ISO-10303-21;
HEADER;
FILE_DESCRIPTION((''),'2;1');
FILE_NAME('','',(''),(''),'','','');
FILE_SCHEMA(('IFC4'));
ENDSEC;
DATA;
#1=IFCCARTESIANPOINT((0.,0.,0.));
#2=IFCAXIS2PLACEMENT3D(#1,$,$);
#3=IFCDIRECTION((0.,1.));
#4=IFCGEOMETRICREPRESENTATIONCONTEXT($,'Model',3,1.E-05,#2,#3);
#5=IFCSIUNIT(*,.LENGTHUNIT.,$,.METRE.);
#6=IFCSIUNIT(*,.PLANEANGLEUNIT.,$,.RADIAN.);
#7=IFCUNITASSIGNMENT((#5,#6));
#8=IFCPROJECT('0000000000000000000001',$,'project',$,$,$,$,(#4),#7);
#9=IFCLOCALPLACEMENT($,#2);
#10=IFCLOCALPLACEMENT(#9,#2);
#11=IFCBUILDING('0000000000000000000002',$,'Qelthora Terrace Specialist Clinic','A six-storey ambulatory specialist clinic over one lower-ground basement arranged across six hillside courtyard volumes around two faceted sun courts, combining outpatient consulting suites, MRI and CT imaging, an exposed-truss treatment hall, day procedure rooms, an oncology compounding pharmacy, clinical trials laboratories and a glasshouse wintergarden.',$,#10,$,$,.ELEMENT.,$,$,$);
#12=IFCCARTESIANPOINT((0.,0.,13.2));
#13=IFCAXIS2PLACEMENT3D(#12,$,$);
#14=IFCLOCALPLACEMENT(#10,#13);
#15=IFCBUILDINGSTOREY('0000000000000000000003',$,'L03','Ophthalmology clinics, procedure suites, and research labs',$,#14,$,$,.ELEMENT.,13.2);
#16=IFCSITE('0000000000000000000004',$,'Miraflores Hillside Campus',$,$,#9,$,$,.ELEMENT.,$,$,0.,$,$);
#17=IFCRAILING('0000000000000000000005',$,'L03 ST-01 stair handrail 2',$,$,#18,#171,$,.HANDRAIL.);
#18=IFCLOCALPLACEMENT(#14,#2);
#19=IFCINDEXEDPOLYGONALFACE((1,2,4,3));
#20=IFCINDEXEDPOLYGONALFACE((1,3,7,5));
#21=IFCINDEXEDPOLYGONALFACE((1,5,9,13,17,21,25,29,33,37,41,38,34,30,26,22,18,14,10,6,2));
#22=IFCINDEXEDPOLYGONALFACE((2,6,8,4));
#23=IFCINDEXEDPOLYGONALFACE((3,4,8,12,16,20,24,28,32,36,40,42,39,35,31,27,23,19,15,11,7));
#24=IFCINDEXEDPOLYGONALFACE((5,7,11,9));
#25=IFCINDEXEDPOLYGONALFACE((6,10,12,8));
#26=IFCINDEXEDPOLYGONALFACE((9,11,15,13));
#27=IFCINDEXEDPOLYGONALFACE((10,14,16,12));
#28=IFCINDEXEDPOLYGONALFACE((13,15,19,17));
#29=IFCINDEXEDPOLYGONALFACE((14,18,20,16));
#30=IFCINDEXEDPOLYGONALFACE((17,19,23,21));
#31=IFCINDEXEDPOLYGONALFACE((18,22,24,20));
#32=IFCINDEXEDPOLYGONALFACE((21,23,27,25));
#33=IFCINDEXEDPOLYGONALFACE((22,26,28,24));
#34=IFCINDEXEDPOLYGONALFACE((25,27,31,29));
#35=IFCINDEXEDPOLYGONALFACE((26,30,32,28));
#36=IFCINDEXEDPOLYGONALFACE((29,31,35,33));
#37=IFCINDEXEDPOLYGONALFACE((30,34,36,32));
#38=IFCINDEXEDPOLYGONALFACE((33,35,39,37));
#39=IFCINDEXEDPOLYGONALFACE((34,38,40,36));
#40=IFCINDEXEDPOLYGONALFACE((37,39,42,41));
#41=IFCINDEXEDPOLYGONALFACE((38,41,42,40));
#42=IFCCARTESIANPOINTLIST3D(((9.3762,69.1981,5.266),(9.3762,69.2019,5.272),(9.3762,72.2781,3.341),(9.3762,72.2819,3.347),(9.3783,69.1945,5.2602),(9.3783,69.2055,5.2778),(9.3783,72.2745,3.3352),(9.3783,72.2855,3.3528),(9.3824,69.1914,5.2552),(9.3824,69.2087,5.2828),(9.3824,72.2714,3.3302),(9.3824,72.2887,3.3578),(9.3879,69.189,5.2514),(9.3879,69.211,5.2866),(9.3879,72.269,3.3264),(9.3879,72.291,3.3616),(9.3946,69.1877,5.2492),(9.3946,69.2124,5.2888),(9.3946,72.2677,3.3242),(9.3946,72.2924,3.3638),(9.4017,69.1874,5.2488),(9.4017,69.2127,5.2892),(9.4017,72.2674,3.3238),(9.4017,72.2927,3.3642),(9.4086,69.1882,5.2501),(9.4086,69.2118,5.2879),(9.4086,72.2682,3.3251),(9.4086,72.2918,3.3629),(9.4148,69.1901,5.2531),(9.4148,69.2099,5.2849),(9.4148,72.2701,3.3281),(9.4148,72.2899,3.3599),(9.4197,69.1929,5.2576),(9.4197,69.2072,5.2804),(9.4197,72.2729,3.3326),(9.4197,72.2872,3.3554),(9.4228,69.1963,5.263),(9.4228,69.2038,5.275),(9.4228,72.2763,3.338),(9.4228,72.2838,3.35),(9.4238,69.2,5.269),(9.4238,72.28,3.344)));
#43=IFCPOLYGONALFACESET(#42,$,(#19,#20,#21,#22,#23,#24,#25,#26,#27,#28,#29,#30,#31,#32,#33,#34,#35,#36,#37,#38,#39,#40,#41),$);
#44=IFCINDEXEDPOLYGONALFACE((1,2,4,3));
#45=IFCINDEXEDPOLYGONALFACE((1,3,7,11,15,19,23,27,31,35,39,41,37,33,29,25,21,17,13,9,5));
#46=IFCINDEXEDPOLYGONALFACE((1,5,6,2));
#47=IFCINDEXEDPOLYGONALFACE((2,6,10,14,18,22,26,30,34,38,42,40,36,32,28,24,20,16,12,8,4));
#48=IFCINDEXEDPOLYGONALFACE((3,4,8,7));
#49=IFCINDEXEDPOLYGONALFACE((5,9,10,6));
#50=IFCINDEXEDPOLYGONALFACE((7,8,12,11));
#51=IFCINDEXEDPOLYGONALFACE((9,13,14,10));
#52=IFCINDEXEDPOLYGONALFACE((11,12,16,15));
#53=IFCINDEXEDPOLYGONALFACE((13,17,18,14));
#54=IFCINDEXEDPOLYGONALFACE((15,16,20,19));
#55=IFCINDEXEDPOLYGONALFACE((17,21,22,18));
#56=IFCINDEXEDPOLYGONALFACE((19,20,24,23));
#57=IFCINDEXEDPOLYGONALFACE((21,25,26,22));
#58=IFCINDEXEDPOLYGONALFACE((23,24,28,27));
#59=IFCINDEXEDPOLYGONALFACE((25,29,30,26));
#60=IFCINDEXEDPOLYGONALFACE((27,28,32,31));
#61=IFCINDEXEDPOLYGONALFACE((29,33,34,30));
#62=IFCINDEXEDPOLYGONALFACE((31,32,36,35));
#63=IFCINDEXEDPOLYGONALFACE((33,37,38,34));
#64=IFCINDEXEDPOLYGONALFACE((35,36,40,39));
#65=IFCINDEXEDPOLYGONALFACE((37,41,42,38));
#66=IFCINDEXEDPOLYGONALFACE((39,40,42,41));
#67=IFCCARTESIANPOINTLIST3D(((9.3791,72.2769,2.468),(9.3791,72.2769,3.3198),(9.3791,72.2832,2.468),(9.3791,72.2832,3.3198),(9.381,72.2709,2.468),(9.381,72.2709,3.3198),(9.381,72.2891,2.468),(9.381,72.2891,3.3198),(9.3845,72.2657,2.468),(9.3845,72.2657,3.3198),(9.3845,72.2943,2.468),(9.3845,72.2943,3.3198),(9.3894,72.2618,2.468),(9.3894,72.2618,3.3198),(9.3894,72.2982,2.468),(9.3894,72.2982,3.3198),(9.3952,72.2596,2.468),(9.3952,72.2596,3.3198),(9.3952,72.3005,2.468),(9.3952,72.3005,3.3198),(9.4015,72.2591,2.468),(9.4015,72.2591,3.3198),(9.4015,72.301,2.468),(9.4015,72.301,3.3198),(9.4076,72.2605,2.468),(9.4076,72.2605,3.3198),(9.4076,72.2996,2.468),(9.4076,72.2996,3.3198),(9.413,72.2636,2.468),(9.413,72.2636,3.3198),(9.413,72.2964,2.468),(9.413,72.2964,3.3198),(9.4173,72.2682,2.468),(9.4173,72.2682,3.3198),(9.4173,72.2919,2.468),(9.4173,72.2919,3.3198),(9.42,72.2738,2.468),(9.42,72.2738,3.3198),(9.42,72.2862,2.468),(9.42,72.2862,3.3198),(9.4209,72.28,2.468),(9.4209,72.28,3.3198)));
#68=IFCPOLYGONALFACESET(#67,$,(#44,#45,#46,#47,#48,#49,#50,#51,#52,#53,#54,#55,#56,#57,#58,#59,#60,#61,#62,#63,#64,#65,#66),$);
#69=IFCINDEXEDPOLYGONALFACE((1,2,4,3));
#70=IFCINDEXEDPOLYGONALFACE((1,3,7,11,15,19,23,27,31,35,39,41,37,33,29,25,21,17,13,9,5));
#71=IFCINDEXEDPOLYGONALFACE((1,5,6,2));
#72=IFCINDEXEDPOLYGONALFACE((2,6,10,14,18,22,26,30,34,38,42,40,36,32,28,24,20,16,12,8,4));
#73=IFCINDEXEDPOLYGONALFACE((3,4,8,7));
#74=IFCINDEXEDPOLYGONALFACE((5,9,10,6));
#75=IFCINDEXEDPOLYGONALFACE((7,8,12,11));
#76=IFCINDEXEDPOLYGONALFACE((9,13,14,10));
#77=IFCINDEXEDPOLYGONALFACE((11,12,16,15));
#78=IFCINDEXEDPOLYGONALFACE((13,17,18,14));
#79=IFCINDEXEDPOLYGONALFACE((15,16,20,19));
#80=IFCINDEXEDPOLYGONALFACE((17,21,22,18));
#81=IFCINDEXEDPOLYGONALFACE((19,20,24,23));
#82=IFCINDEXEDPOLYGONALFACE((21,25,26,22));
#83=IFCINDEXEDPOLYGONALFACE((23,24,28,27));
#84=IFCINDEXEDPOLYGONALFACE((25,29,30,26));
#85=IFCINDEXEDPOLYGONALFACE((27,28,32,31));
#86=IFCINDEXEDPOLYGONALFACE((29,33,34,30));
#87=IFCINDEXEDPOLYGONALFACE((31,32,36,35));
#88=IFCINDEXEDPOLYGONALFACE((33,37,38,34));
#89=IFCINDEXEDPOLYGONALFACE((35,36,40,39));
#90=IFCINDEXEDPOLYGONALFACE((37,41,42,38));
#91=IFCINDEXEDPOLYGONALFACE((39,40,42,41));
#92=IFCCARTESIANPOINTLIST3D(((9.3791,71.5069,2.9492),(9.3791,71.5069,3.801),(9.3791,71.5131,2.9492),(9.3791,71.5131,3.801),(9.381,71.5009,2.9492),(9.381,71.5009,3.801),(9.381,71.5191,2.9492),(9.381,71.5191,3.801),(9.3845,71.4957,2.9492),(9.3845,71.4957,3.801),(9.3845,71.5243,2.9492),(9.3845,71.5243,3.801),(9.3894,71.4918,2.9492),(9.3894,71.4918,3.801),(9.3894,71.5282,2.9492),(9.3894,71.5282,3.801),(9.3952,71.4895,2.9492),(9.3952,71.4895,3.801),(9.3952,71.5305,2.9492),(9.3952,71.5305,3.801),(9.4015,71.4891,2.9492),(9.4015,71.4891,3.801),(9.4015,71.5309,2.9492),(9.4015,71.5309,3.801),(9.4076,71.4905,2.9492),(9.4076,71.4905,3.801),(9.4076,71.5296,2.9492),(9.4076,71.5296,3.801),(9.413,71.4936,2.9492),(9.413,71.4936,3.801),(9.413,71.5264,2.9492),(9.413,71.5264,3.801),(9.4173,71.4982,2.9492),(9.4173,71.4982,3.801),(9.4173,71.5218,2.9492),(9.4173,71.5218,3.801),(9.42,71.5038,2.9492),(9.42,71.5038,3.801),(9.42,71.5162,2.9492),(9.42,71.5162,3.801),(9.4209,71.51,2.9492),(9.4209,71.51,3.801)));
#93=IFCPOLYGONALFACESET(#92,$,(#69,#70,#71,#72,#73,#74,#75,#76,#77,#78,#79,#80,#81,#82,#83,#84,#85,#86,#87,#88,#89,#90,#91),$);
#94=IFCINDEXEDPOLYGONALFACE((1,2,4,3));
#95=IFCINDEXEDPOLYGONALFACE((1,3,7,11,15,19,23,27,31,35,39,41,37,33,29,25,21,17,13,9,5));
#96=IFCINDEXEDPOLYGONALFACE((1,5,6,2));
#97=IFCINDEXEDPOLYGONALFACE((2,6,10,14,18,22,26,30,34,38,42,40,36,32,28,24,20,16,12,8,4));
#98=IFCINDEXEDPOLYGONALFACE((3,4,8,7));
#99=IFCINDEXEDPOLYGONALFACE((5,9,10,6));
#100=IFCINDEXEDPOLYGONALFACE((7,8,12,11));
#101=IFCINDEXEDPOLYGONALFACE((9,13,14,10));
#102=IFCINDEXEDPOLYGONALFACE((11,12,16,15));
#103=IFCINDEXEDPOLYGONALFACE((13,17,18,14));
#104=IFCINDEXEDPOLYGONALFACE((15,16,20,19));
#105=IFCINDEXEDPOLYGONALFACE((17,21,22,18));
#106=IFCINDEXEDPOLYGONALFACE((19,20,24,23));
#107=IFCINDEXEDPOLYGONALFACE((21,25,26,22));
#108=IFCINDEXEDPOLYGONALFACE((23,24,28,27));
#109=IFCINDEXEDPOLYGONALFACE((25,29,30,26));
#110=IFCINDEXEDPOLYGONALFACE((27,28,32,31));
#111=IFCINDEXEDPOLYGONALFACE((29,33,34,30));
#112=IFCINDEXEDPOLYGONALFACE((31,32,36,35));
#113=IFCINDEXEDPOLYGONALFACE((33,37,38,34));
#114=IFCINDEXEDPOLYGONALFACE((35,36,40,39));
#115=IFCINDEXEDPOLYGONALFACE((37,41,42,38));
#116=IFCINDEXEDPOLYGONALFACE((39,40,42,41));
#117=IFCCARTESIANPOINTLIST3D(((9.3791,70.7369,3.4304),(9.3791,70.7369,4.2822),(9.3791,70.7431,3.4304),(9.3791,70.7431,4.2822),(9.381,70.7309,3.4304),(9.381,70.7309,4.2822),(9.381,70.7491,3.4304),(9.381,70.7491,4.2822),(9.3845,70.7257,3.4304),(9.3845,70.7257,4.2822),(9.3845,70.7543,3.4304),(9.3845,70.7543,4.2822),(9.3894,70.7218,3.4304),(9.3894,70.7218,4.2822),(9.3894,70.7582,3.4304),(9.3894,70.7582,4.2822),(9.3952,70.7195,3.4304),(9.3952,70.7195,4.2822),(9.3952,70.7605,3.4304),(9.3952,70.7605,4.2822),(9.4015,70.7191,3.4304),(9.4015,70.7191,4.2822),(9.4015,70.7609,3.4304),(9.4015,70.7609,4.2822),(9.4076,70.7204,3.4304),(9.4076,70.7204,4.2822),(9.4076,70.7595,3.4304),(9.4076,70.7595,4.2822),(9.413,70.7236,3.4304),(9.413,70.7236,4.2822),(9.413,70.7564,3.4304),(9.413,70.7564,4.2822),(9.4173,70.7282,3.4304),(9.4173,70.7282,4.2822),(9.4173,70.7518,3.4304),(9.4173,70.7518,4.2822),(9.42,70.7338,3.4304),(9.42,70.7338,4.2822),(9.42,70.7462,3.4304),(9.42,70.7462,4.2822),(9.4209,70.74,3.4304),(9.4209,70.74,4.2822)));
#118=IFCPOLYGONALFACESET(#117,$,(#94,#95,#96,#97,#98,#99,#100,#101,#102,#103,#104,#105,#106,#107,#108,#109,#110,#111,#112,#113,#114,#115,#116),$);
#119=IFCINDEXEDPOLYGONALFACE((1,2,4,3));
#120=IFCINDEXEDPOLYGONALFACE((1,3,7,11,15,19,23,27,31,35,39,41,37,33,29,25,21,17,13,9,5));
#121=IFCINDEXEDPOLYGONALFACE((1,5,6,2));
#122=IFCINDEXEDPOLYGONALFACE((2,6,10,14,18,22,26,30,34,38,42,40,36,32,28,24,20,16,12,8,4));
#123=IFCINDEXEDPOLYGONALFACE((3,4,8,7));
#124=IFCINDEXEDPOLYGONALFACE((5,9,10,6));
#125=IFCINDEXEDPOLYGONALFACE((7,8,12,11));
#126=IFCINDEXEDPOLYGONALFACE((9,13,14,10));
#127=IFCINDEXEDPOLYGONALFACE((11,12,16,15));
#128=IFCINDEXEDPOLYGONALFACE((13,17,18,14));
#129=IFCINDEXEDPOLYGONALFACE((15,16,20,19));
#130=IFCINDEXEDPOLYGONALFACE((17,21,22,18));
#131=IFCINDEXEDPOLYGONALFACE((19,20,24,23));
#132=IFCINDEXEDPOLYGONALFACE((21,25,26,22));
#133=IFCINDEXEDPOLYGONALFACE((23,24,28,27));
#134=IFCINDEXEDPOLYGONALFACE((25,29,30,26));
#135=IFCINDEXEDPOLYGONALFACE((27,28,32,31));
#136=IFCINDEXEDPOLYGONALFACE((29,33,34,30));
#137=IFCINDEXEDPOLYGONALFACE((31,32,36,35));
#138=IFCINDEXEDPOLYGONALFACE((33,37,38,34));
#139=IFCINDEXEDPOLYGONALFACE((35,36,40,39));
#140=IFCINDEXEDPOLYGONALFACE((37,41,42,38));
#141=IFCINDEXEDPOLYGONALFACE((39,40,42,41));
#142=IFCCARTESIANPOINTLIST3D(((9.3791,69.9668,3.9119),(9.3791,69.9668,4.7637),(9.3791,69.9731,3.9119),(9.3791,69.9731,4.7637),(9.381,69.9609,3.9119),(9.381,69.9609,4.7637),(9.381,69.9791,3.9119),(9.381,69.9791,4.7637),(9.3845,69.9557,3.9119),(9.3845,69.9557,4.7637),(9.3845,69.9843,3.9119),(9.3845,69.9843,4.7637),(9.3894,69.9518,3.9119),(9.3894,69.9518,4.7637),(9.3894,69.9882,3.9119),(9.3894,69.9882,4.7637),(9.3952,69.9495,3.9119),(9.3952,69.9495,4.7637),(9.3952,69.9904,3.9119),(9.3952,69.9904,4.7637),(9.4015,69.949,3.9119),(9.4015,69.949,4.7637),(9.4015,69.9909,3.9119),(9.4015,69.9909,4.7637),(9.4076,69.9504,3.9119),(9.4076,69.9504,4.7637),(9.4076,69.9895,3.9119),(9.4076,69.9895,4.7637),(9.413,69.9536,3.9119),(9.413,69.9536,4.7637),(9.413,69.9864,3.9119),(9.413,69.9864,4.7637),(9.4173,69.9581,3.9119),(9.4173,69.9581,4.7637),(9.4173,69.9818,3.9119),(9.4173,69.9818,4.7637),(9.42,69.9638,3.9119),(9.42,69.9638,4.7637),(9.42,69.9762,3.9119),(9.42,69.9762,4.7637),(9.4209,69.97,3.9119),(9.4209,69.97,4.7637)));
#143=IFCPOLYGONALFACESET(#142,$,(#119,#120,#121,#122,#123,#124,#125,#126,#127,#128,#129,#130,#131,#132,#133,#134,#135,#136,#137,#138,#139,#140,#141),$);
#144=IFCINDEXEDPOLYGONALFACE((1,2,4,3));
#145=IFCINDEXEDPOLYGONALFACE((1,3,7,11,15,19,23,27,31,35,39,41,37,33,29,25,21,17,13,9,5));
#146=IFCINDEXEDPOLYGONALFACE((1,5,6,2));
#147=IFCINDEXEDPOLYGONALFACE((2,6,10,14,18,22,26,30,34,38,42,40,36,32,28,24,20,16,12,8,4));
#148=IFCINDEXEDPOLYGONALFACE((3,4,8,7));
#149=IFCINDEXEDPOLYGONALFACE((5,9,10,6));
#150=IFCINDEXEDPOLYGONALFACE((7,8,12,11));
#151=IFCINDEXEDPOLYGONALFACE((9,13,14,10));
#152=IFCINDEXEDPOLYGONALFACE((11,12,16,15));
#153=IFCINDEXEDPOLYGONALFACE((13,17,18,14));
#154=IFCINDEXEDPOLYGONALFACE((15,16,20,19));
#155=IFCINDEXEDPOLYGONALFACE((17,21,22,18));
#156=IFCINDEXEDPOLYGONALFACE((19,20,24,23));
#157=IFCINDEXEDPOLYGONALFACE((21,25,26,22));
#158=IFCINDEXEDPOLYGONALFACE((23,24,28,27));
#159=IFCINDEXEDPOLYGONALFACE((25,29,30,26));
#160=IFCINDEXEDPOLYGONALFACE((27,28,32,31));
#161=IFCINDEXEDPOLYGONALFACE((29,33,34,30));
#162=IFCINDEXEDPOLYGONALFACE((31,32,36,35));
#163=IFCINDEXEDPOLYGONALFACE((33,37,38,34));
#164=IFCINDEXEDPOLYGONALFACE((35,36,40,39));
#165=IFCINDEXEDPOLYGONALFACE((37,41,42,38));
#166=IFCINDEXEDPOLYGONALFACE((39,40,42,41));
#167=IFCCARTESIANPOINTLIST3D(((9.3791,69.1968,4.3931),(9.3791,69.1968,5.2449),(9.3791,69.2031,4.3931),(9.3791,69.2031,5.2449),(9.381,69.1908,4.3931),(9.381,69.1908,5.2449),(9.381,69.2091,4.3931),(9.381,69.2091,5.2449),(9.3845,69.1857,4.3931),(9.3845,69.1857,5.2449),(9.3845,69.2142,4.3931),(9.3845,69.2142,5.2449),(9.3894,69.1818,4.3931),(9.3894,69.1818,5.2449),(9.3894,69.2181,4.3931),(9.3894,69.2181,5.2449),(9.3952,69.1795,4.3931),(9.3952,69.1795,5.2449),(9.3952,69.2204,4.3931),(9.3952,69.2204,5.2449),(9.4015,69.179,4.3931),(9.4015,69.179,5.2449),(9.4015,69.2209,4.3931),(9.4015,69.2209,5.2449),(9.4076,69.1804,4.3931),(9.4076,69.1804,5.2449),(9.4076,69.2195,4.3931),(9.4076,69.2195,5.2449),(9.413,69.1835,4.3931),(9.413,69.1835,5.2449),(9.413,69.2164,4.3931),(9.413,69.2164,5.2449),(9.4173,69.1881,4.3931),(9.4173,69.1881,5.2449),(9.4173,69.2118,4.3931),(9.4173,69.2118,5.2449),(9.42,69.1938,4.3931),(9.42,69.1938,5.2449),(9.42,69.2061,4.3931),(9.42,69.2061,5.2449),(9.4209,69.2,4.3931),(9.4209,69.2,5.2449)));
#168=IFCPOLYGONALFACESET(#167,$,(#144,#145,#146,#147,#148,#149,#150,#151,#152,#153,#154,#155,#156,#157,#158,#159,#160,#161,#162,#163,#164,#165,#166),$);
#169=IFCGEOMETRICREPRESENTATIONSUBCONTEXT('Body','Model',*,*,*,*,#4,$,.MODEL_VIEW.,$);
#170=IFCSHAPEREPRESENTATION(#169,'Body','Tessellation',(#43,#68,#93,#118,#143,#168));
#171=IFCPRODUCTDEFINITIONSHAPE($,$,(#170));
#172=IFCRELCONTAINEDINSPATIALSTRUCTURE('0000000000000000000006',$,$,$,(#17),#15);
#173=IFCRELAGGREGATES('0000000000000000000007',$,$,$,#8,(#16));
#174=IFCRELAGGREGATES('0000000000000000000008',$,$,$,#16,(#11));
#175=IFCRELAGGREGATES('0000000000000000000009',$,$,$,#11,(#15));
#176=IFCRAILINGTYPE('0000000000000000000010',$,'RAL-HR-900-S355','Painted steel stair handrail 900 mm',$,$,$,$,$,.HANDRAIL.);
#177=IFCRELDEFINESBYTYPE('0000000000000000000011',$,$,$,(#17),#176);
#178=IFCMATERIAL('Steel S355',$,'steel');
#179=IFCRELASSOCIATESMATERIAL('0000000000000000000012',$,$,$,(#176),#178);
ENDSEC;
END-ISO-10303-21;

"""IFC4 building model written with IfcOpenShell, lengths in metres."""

from ifc_helpers import new_model, si_unit, direction, frame, origin, origin_2d, place, context, subcontext, project, spatial, circle, extrude, material, type_object, element, save


model = new_model("IFC4")

# Units and contexts
model_context = context("Model", 3, precision=1e-05, world=origin(), true_north=direction((0.0, 1.0)))
body_context = subcontext(model_context, "Body", "Model", "MODEL_VIEW")
ifc_project = project(units=[si_unit("LENGTHUNIT", "METRE"), si_unit("PLANEANGLEUNIT", "RADIAN")], contexts=[model_context])

# Site, building, storey
site_placement = place(None, origin())
site = spatial("IfcSite", under=ifc_project, at=site_placement, Name="Miraflores Hillside Campus", CompositionType="ELEMENT", RefElevation=0.0)
building_placement = place(site_placement, origin())
building = spatial("IfcBuilding", under=site, at=building_placement, Name="Qelthora Terrace Specialist Clinic", Description="A six-storey ambulatory specialist clinic over one lower-ground basement arranged across six hillside courtyard volumes around two faceted sun courts, combining outpatient consulting suites, MRI and CT imaging, an exposed-truss treatment hall, day procedure rooms, an oncology compounding pharmacy, clinical trials laboratories and a glasshouse wintergarden.", CompositionType="ELEMENT")
storey_placement = place(building_placement, frame((0.0, 0.0, 13.2)))
storey = spatial("IfcBuildingStorey", under=building, at=storey_placement, Name="L03", Description="Ophthalmology clinics, procedure suites, and research labs", CompositionType="ELEMENT", Elevation=13.2)

# Shared definitions
ifc_material_1 = material(Name="Steel S355", Category="steel")

# Railing
railing_type_1 = type_object("IfcRailingType", Name="RAL-HR-900-S355", Description="Painted steel stair handrail 900 mm", PredefinedType="HANDRAIL", material=ifc_material_1)
railing_1_placement = place(storey_placement, frame((9.3999, 72.28, 2.468)))
element("IfcRailing", 1, at=railing_1_placement, inside=storey, type_object=railing_type_1, Name="L03 ST-01 stair handrail 2", PredefinedType="HANDRAIL", context=body_context, shape_type="SweptSolid", body=[
    extrude(circle(Radius=0.0239, at=origin_2d()), frame((0.0, 0.0, 0.876), z_axis=(0.0, -0.847998, 0.529999), x_axis=(1.0, 0.0, 0.0)), (0.0, 0.0, 1.0), 3.6321),
    extrude(circle(Radius=0.021, at=origin_2d()), origin(), (0.0, 0.0, 1.0), 0.8518),
    extrude(circle(Radius=0.021, at=origin_2d()), frame((0.0, -0.77, 0.4812)), (0.0, 0.0, 1.0), 0.8518),
    extrude(circle(Radius=0.021, at=origin_2d()), frame((0.0, -1.54, 0.9624)), (0.0, 0.0, 1.0), 0.8518),
    extrude(circle(Radius=0.021, at=origin_2d()), frame((0.0, -2.3101, 1.4438)), (0.0, 0.0, 1.0), 0.8518),
    extrude(circle(Radius=0.021, at=origin_2d()), frame((0.0, -3.0801, 1.925)), (0.0, 0.0, 1.0), 0.8518),
])

save(model, "model.ifc")
